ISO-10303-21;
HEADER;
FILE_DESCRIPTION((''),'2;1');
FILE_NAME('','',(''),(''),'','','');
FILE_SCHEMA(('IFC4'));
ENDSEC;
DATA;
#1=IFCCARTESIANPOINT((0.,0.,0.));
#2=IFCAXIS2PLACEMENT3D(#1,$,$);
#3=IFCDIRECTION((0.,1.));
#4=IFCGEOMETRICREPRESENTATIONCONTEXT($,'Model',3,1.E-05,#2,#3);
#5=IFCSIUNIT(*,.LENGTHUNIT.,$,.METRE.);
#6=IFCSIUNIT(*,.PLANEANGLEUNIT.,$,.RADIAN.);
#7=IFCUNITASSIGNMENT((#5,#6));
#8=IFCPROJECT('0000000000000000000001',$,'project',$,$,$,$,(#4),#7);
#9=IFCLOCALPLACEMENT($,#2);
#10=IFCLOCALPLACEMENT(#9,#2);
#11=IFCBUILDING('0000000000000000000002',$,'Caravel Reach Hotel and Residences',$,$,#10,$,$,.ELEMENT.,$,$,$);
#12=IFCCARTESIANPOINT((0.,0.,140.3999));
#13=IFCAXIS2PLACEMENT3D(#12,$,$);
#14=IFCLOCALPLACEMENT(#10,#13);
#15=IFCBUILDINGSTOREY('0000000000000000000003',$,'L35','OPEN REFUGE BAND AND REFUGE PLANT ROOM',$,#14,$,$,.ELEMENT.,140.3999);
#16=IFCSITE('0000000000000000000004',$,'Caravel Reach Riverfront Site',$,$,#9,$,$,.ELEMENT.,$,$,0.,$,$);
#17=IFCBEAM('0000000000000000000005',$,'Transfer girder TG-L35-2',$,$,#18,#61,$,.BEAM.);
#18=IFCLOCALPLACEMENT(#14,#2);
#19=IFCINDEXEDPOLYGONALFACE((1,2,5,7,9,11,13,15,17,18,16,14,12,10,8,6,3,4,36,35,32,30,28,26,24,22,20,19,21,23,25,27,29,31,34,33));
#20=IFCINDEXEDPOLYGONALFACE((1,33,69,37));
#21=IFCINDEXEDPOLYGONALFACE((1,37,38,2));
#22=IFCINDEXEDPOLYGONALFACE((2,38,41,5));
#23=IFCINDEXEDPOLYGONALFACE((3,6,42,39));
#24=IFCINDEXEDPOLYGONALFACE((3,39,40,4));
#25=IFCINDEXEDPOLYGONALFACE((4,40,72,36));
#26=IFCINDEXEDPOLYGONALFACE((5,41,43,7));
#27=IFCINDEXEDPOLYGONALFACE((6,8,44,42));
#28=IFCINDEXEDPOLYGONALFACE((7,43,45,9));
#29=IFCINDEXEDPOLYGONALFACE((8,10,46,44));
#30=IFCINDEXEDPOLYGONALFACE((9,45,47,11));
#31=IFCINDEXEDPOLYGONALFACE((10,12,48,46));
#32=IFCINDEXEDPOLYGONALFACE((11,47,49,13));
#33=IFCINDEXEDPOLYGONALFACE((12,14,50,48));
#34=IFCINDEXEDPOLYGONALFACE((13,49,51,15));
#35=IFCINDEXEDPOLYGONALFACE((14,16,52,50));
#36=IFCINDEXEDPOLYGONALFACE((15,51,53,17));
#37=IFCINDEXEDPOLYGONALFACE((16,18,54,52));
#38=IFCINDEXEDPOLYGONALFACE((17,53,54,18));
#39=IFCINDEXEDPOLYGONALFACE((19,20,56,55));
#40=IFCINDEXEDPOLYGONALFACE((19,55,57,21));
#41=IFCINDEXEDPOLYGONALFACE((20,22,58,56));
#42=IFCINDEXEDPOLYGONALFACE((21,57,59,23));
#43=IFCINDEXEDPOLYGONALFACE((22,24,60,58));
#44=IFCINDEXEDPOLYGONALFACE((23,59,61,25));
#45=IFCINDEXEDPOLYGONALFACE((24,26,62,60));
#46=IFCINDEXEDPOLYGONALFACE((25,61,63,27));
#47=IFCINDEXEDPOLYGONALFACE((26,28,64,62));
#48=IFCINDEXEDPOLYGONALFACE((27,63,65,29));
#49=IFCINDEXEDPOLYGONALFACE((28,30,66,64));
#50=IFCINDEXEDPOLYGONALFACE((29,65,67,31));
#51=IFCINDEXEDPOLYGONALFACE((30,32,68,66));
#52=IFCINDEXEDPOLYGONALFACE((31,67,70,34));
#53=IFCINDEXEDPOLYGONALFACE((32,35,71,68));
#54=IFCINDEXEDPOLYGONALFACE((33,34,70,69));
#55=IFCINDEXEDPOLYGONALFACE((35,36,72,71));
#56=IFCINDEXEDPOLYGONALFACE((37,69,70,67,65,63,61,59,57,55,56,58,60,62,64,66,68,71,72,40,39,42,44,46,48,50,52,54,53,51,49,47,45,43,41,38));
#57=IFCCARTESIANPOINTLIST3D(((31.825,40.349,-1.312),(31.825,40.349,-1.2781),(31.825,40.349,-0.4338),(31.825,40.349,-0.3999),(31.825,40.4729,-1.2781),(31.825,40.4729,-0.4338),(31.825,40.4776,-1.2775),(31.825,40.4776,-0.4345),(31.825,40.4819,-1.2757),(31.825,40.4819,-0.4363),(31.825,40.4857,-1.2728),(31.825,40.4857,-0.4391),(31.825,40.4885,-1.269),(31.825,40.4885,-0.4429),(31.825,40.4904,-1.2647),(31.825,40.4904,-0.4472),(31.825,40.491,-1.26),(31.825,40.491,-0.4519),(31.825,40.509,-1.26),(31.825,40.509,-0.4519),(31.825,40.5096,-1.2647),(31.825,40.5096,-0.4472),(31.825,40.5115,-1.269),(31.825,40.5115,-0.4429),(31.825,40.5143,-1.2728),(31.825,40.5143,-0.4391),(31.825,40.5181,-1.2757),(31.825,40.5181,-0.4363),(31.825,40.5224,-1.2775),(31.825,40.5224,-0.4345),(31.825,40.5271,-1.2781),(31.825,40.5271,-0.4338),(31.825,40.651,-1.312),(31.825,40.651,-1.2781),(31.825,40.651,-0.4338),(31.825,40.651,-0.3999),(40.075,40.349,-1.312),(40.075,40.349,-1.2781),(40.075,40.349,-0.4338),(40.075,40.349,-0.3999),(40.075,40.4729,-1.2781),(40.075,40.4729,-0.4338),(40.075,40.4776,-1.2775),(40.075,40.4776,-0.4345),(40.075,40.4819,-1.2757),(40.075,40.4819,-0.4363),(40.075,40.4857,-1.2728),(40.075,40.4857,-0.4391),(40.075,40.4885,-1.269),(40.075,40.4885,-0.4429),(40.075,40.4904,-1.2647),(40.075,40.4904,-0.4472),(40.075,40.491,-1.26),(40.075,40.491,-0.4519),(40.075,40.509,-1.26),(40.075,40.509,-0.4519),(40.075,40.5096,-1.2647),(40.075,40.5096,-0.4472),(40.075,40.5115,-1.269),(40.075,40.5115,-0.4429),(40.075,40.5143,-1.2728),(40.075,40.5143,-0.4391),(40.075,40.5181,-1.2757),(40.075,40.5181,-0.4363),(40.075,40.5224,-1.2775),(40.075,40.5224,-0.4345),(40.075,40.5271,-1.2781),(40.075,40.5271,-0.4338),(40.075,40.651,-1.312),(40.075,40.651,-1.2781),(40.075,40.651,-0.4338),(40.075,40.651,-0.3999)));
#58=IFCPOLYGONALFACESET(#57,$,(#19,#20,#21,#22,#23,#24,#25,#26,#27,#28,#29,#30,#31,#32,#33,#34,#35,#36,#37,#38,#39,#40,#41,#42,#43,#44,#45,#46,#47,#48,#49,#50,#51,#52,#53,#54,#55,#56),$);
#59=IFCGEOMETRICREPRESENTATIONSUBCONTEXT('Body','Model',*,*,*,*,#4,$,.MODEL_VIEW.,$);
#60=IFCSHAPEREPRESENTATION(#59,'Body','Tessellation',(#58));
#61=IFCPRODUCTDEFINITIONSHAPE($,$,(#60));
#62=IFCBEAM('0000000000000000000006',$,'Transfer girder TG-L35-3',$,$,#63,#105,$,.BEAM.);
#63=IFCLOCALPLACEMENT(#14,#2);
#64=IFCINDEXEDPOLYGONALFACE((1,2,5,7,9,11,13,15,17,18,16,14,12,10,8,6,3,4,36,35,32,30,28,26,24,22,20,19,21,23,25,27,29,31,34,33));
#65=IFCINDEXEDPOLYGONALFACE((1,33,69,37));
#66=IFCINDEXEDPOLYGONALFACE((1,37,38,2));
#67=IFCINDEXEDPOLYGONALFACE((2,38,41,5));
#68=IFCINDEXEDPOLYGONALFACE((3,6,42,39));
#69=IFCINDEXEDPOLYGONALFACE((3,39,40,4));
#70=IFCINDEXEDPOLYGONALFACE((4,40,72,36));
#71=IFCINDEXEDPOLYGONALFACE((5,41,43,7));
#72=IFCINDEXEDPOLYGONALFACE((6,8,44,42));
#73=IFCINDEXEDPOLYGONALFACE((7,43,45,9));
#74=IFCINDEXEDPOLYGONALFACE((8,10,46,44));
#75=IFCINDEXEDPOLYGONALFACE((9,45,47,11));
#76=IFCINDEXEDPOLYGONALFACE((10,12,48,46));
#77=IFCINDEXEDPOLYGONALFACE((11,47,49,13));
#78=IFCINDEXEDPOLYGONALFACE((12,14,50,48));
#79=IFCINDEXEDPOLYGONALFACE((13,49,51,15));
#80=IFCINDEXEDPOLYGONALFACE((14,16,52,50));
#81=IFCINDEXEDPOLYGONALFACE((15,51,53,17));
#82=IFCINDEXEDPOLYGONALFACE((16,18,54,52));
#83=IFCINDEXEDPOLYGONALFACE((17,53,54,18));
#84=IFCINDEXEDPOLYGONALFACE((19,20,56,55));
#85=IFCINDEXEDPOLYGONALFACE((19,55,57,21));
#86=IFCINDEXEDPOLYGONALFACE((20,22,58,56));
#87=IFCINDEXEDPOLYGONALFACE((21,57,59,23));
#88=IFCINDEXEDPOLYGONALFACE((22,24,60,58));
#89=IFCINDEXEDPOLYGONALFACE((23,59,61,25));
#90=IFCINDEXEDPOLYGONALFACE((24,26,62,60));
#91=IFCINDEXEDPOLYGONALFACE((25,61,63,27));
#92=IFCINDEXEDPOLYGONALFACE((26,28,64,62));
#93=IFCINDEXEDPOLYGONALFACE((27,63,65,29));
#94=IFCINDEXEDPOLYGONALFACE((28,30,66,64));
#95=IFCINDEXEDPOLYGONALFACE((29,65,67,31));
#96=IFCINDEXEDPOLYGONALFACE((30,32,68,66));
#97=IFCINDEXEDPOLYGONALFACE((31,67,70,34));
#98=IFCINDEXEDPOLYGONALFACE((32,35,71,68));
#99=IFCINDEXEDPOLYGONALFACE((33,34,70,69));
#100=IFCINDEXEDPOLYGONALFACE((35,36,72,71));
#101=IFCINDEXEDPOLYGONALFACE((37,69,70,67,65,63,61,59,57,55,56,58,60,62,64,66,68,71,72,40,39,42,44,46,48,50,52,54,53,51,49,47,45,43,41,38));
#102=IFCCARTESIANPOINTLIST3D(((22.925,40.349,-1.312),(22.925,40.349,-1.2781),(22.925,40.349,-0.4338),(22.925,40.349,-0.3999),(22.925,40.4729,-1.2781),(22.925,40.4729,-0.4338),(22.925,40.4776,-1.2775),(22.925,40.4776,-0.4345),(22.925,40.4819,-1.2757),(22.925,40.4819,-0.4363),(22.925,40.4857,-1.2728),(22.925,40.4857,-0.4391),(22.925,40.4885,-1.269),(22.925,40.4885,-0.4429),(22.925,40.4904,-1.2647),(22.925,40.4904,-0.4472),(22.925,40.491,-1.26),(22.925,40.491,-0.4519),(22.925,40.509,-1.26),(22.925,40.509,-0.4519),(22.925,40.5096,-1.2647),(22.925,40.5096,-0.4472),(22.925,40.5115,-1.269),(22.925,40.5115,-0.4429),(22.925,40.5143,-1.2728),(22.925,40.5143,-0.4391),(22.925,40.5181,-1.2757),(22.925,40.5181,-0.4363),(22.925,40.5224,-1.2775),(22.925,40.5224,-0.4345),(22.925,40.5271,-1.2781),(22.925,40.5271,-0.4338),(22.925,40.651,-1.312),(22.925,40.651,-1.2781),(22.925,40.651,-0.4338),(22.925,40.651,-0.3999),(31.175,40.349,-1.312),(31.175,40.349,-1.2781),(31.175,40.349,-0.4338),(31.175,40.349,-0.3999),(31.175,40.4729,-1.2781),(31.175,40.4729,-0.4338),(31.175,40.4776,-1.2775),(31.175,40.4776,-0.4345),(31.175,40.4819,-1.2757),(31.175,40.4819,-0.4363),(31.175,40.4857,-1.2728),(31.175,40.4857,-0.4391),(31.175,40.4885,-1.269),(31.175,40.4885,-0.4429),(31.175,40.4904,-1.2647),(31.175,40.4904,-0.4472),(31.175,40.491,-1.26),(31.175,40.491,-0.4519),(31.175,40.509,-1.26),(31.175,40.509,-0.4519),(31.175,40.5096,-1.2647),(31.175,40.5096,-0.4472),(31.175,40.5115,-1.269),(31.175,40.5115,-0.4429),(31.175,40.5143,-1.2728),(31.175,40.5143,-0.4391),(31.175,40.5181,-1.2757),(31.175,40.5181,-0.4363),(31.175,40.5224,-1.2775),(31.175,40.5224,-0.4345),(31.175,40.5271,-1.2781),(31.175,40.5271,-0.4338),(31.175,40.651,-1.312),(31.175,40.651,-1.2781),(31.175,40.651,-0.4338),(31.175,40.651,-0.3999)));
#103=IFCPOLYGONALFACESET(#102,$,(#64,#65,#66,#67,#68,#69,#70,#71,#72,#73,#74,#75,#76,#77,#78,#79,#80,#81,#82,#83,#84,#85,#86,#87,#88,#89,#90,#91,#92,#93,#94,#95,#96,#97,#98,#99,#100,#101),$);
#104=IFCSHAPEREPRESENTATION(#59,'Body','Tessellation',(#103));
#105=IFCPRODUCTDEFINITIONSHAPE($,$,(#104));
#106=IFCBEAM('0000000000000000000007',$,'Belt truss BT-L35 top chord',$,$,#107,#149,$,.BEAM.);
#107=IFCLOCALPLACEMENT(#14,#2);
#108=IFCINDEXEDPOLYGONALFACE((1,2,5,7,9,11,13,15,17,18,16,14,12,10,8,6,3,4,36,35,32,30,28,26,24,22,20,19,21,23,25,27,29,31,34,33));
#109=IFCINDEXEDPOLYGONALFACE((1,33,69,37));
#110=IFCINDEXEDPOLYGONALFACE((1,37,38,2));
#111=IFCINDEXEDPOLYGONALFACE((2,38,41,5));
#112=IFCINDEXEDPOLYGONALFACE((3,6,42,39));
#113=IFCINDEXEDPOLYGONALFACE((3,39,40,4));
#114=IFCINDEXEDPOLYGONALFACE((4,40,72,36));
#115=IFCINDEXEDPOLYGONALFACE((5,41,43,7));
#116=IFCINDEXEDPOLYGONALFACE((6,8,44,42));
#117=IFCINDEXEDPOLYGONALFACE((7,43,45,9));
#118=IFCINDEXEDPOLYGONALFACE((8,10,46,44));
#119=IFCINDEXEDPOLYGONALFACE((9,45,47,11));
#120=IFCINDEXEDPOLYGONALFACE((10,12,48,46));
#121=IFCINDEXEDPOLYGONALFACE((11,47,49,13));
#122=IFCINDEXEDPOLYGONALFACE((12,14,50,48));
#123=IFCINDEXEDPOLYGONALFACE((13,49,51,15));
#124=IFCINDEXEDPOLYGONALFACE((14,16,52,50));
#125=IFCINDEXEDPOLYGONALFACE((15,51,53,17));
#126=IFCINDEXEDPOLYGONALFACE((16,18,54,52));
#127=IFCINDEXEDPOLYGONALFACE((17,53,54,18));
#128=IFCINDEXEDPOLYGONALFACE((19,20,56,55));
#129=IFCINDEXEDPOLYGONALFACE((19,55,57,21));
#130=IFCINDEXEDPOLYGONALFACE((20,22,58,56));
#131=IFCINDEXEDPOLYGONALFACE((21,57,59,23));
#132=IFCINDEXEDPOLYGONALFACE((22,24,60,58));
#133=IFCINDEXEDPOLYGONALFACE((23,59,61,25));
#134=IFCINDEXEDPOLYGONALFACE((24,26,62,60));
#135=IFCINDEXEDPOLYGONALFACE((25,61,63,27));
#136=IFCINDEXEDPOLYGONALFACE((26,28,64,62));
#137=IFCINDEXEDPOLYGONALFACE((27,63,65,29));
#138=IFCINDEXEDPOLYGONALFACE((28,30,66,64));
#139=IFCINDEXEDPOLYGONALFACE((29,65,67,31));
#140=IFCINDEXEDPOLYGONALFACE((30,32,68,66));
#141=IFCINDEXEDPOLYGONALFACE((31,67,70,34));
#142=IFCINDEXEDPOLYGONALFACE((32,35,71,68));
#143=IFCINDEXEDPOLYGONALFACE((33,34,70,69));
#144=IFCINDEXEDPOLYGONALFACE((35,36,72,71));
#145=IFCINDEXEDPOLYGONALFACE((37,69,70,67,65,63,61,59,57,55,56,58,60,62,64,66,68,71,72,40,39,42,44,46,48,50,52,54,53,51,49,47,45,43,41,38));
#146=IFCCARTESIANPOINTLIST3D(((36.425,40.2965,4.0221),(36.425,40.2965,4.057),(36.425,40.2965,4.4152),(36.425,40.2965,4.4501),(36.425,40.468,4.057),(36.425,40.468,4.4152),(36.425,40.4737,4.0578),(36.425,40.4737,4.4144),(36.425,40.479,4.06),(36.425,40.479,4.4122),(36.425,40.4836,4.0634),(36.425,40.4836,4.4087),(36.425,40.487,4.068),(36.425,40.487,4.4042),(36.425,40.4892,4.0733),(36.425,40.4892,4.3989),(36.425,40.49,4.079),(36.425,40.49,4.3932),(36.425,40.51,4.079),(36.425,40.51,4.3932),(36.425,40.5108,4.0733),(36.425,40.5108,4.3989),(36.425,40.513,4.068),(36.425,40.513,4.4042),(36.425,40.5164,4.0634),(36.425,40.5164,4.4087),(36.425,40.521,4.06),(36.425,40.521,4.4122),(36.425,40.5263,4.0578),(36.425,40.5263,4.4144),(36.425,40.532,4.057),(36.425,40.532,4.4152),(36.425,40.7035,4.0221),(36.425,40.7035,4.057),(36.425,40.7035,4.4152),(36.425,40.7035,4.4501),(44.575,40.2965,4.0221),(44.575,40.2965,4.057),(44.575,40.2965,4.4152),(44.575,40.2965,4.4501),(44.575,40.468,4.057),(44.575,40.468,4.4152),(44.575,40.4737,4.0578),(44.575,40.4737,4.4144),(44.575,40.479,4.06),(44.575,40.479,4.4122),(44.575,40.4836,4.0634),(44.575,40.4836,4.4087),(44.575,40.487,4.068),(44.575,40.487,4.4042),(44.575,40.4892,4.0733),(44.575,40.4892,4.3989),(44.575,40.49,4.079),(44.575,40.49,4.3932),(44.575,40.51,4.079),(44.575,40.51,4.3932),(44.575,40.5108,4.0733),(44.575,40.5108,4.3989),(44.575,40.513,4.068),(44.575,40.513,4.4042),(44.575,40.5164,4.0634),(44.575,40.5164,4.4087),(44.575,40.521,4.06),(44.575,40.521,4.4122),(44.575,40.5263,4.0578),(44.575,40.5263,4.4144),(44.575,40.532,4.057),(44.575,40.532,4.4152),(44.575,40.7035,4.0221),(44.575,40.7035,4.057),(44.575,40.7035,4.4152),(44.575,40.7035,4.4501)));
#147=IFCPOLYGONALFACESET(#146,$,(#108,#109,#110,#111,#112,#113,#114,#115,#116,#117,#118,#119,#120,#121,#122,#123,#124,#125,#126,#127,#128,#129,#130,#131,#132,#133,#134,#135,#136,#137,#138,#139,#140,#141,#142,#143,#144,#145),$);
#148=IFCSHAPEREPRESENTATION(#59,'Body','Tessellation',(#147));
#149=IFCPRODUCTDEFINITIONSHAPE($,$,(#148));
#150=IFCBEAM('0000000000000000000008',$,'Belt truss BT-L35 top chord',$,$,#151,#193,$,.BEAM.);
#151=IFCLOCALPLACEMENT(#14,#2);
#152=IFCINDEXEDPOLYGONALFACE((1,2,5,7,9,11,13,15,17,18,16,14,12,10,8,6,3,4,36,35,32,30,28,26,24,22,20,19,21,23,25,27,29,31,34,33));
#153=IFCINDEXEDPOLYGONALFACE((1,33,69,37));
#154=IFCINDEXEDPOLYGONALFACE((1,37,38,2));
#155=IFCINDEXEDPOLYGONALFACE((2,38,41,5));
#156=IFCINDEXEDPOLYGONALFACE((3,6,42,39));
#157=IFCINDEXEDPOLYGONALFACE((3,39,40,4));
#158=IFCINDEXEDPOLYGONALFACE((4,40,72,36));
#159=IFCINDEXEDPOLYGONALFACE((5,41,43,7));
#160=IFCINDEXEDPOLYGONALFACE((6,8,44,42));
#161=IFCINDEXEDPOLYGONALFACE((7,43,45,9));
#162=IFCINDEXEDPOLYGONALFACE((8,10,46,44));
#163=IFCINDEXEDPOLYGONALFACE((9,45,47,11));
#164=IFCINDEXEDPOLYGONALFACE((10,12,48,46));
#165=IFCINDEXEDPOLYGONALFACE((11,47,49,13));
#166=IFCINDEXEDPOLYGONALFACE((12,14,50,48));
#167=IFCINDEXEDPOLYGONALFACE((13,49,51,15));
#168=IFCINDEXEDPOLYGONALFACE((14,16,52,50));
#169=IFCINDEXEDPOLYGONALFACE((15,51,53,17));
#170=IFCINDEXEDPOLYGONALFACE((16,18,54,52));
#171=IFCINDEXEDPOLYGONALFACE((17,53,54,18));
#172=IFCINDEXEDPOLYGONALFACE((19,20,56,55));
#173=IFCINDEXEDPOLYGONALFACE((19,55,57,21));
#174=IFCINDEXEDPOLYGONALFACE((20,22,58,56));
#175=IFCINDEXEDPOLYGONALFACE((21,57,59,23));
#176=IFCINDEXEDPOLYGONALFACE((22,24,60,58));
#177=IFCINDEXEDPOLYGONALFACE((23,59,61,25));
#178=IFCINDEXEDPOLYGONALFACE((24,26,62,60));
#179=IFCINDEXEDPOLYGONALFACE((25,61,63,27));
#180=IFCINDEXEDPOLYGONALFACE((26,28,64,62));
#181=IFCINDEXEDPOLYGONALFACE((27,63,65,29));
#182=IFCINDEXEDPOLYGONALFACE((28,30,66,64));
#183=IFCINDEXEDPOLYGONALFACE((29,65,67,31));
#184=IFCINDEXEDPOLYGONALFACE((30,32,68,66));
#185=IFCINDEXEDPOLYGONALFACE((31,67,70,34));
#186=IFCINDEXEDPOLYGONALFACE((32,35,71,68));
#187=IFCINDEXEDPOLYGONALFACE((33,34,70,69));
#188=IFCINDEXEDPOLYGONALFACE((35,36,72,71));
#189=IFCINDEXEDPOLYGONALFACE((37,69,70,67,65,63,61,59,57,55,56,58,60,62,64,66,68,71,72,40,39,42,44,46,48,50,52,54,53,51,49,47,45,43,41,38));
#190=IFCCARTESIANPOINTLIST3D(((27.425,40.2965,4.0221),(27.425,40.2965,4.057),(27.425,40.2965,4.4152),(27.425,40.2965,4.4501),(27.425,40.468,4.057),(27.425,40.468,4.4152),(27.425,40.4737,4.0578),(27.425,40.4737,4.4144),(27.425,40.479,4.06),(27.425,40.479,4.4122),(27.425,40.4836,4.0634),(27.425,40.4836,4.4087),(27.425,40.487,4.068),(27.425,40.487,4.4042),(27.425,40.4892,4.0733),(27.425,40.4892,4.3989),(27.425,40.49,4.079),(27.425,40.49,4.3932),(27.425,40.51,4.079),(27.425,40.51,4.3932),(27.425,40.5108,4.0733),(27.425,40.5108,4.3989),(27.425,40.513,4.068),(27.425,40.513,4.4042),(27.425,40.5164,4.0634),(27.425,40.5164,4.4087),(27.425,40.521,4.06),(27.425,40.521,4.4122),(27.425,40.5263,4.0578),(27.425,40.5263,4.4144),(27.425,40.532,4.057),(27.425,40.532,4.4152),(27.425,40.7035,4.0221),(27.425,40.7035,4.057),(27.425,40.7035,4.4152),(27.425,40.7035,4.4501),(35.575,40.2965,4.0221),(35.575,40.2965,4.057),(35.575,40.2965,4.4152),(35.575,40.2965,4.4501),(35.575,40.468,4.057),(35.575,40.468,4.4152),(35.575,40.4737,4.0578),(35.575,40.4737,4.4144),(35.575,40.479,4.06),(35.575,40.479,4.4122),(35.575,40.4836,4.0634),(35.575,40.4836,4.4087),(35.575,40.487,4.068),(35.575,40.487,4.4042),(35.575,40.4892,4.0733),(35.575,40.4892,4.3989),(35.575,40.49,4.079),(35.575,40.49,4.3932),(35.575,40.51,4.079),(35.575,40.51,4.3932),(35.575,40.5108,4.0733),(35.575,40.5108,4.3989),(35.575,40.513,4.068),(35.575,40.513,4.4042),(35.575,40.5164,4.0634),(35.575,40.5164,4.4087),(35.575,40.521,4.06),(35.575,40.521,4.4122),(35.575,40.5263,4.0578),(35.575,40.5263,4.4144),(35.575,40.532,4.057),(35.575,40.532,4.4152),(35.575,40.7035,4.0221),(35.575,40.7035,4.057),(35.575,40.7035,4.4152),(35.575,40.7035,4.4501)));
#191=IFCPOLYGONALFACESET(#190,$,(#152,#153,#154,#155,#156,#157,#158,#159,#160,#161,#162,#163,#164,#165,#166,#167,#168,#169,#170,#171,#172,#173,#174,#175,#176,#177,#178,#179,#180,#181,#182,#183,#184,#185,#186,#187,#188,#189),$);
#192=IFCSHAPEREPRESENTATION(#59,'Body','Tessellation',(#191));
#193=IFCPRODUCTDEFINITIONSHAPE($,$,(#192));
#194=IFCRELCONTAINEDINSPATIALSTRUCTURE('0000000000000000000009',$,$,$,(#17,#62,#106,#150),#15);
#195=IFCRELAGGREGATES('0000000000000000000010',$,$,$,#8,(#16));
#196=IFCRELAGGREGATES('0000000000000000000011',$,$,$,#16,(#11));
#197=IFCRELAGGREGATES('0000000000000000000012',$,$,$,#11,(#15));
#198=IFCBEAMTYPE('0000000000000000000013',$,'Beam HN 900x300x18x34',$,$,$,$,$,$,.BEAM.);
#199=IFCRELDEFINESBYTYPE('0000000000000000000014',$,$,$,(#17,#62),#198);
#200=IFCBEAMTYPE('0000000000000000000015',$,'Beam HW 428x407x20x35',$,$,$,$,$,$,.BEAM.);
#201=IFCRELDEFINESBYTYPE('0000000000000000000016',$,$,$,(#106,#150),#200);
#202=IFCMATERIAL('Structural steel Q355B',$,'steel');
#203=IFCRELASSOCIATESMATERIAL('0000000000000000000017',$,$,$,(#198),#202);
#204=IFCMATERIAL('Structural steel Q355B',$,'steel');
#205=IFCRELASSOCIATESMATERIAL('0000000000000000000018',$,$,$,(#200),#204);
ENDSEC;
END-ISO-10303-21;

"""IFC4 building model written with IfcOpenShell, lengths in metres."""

from ifc_helpers import new_model, si_unit, direction, frame, origin, origin_2d, place, context, subcontext, project, spatial, i_section, extrude, material, material_profile, profile_set, type_object, element, save


model = new_model("IFC4")

# Units and contexts
model_context = context("Model", 3, precision=1e-05, world=origin(), true_north=direction((0.0, 1.0)))
body_context = subcontext(model_context, "Body", "Model", "MODEL_VIEW")
ifc_project = project(units=[si_unit("LENGTHUNIT", "METRE"), si_unit("PLANEANGLEUNIT", "RADIAN")], contexts=[model_context])

# Site, building, storey
site_placement = place(None, origin())
site = spatial("IfcSite", under=ifc_project, at=site_placement, Name="Caravel Reach Riverfront Site", CompositionType="ELEMENT", RefElevation=0.0)
building_placement = place(site_placement, origin())
building = spatial("IfcBuilding", under=site, at=building_placement, Name="Caravel Reach Hotel and Residences", CompositionType="ELEMENT")
storey_placement = place(building_placement, frame((0.0, 0.0, 140.3999)))
storey = spatial("IfcBuildingStorey", under=building, at=storey_placement, Name="L35", Description="OPEN REFUGE BAND AND REFUGE PLANT ROOM", CompositionType="ELEMENT", Elevation=140.3999)

# Beams
ifc_material_1 = material(Name="Structural steel Q355B", Category="steel")
ifc_material_profile_1 = material_profile(ifc_material_1, i_section(OverallWidth=0.302, OverallDepth=0.9121, WebThickness=0.0181, FlangeThickness=0.0339, FilletRadius=0.0181, at=origin_2d()), Name="HN 900x300x18x34")
ifc_profile_set_1 = profile_set([ifc_material_profile_1], Name="Structural steel Q355B")
beam_type_1 = type_object("IfcBeamType", Name="Beam HN 900x300x18x34", PredefinedType="BEAM", material=ifc_profile_set_1)
for number, where, z_axis, x_axis, name in (
    (1, (40.075, 40.5, -0.856), (-1.0, 0.0, 0.0), (0.0, -1.0, 0.0), "Transfer girder TG-L35-2"),
    (2, (31.175, 40.5, -0.856), (-1.0, 0.0, 0.0), (0.0, -1.0, 0.0), "Transfer girder TG-L35-3"),
):
    element("IfcBeam", number, at=place(storey_placement, frame(where, z_axis=z_axis, x_axis=x_axis)), inside=storey, type_object=beam_type_1, Name=name, PredefinedType="BEAM", context=body_context, shape_type="SweptSolid", body=[
        extrude(i_section(OverallWidth=0.302, OverallDepth=0.9121, WebThickness=0.0181, FlangeThickness=0.0339, FilletRadius=0.0181, at=origin_2d()), origin(), (0.0, 0.0, 1.0), 8.25),
    ])
ifc_material_2 = material(Name="Structural steel Q355B", Category="steel")
ifc_material_profile_2 = material_profile(ifc_material_2, i_section(OverallWidth=0.407, OverallDepth=0.428, WebThickness=0.02, FlangeThickness=0.0349, FilletRadius=0.022, at=origin_2d()), Name="HW 428x407x20x35")
ifc_profile_set_2 = profile_set([ifc_material_profile_2], Name="Structural steel Q355B")
beam_type_2 = type_object("IfcBeamType", Name="Beam HW 428x407x20x35", PredefinedType="BEAM", material=ifc_profile_set_2)
for number, where, z_axis, x_axis, name in (
    (3, (44.575, 40.5, 4.2361), (-1.0, 0.0, 0.0), (0.0, -1.0, 0.0), "Belt truss BT-L35 top chord"),
    (4, (35.575, 40.5, 4.2361), (-1.0, 0.0, 0.0), (0.0, -1.0, 0.0), "Belt truss BT-L35 top chord"),
):
    element("IfcBeam", number, at=place(storey_placement, frame(where, z_axis=z_axis, x_axis=x_axis)), inside=storey, type_object=beam_type_2, Name=name, PredefinedType="BEAM", context=body_context, shape_type="SweptSolid", body=[
        extrude(i_section(OverallWidth=0.407, OverallDepth=0.428, WebThickness=0.02, FlangeThickness=0.0349, FilletRadius=0.022, at=origin_2d()), origin(), (0.0, 0.0, 1.0), 8.1499),
    ])

save(model, "model.ifc")
